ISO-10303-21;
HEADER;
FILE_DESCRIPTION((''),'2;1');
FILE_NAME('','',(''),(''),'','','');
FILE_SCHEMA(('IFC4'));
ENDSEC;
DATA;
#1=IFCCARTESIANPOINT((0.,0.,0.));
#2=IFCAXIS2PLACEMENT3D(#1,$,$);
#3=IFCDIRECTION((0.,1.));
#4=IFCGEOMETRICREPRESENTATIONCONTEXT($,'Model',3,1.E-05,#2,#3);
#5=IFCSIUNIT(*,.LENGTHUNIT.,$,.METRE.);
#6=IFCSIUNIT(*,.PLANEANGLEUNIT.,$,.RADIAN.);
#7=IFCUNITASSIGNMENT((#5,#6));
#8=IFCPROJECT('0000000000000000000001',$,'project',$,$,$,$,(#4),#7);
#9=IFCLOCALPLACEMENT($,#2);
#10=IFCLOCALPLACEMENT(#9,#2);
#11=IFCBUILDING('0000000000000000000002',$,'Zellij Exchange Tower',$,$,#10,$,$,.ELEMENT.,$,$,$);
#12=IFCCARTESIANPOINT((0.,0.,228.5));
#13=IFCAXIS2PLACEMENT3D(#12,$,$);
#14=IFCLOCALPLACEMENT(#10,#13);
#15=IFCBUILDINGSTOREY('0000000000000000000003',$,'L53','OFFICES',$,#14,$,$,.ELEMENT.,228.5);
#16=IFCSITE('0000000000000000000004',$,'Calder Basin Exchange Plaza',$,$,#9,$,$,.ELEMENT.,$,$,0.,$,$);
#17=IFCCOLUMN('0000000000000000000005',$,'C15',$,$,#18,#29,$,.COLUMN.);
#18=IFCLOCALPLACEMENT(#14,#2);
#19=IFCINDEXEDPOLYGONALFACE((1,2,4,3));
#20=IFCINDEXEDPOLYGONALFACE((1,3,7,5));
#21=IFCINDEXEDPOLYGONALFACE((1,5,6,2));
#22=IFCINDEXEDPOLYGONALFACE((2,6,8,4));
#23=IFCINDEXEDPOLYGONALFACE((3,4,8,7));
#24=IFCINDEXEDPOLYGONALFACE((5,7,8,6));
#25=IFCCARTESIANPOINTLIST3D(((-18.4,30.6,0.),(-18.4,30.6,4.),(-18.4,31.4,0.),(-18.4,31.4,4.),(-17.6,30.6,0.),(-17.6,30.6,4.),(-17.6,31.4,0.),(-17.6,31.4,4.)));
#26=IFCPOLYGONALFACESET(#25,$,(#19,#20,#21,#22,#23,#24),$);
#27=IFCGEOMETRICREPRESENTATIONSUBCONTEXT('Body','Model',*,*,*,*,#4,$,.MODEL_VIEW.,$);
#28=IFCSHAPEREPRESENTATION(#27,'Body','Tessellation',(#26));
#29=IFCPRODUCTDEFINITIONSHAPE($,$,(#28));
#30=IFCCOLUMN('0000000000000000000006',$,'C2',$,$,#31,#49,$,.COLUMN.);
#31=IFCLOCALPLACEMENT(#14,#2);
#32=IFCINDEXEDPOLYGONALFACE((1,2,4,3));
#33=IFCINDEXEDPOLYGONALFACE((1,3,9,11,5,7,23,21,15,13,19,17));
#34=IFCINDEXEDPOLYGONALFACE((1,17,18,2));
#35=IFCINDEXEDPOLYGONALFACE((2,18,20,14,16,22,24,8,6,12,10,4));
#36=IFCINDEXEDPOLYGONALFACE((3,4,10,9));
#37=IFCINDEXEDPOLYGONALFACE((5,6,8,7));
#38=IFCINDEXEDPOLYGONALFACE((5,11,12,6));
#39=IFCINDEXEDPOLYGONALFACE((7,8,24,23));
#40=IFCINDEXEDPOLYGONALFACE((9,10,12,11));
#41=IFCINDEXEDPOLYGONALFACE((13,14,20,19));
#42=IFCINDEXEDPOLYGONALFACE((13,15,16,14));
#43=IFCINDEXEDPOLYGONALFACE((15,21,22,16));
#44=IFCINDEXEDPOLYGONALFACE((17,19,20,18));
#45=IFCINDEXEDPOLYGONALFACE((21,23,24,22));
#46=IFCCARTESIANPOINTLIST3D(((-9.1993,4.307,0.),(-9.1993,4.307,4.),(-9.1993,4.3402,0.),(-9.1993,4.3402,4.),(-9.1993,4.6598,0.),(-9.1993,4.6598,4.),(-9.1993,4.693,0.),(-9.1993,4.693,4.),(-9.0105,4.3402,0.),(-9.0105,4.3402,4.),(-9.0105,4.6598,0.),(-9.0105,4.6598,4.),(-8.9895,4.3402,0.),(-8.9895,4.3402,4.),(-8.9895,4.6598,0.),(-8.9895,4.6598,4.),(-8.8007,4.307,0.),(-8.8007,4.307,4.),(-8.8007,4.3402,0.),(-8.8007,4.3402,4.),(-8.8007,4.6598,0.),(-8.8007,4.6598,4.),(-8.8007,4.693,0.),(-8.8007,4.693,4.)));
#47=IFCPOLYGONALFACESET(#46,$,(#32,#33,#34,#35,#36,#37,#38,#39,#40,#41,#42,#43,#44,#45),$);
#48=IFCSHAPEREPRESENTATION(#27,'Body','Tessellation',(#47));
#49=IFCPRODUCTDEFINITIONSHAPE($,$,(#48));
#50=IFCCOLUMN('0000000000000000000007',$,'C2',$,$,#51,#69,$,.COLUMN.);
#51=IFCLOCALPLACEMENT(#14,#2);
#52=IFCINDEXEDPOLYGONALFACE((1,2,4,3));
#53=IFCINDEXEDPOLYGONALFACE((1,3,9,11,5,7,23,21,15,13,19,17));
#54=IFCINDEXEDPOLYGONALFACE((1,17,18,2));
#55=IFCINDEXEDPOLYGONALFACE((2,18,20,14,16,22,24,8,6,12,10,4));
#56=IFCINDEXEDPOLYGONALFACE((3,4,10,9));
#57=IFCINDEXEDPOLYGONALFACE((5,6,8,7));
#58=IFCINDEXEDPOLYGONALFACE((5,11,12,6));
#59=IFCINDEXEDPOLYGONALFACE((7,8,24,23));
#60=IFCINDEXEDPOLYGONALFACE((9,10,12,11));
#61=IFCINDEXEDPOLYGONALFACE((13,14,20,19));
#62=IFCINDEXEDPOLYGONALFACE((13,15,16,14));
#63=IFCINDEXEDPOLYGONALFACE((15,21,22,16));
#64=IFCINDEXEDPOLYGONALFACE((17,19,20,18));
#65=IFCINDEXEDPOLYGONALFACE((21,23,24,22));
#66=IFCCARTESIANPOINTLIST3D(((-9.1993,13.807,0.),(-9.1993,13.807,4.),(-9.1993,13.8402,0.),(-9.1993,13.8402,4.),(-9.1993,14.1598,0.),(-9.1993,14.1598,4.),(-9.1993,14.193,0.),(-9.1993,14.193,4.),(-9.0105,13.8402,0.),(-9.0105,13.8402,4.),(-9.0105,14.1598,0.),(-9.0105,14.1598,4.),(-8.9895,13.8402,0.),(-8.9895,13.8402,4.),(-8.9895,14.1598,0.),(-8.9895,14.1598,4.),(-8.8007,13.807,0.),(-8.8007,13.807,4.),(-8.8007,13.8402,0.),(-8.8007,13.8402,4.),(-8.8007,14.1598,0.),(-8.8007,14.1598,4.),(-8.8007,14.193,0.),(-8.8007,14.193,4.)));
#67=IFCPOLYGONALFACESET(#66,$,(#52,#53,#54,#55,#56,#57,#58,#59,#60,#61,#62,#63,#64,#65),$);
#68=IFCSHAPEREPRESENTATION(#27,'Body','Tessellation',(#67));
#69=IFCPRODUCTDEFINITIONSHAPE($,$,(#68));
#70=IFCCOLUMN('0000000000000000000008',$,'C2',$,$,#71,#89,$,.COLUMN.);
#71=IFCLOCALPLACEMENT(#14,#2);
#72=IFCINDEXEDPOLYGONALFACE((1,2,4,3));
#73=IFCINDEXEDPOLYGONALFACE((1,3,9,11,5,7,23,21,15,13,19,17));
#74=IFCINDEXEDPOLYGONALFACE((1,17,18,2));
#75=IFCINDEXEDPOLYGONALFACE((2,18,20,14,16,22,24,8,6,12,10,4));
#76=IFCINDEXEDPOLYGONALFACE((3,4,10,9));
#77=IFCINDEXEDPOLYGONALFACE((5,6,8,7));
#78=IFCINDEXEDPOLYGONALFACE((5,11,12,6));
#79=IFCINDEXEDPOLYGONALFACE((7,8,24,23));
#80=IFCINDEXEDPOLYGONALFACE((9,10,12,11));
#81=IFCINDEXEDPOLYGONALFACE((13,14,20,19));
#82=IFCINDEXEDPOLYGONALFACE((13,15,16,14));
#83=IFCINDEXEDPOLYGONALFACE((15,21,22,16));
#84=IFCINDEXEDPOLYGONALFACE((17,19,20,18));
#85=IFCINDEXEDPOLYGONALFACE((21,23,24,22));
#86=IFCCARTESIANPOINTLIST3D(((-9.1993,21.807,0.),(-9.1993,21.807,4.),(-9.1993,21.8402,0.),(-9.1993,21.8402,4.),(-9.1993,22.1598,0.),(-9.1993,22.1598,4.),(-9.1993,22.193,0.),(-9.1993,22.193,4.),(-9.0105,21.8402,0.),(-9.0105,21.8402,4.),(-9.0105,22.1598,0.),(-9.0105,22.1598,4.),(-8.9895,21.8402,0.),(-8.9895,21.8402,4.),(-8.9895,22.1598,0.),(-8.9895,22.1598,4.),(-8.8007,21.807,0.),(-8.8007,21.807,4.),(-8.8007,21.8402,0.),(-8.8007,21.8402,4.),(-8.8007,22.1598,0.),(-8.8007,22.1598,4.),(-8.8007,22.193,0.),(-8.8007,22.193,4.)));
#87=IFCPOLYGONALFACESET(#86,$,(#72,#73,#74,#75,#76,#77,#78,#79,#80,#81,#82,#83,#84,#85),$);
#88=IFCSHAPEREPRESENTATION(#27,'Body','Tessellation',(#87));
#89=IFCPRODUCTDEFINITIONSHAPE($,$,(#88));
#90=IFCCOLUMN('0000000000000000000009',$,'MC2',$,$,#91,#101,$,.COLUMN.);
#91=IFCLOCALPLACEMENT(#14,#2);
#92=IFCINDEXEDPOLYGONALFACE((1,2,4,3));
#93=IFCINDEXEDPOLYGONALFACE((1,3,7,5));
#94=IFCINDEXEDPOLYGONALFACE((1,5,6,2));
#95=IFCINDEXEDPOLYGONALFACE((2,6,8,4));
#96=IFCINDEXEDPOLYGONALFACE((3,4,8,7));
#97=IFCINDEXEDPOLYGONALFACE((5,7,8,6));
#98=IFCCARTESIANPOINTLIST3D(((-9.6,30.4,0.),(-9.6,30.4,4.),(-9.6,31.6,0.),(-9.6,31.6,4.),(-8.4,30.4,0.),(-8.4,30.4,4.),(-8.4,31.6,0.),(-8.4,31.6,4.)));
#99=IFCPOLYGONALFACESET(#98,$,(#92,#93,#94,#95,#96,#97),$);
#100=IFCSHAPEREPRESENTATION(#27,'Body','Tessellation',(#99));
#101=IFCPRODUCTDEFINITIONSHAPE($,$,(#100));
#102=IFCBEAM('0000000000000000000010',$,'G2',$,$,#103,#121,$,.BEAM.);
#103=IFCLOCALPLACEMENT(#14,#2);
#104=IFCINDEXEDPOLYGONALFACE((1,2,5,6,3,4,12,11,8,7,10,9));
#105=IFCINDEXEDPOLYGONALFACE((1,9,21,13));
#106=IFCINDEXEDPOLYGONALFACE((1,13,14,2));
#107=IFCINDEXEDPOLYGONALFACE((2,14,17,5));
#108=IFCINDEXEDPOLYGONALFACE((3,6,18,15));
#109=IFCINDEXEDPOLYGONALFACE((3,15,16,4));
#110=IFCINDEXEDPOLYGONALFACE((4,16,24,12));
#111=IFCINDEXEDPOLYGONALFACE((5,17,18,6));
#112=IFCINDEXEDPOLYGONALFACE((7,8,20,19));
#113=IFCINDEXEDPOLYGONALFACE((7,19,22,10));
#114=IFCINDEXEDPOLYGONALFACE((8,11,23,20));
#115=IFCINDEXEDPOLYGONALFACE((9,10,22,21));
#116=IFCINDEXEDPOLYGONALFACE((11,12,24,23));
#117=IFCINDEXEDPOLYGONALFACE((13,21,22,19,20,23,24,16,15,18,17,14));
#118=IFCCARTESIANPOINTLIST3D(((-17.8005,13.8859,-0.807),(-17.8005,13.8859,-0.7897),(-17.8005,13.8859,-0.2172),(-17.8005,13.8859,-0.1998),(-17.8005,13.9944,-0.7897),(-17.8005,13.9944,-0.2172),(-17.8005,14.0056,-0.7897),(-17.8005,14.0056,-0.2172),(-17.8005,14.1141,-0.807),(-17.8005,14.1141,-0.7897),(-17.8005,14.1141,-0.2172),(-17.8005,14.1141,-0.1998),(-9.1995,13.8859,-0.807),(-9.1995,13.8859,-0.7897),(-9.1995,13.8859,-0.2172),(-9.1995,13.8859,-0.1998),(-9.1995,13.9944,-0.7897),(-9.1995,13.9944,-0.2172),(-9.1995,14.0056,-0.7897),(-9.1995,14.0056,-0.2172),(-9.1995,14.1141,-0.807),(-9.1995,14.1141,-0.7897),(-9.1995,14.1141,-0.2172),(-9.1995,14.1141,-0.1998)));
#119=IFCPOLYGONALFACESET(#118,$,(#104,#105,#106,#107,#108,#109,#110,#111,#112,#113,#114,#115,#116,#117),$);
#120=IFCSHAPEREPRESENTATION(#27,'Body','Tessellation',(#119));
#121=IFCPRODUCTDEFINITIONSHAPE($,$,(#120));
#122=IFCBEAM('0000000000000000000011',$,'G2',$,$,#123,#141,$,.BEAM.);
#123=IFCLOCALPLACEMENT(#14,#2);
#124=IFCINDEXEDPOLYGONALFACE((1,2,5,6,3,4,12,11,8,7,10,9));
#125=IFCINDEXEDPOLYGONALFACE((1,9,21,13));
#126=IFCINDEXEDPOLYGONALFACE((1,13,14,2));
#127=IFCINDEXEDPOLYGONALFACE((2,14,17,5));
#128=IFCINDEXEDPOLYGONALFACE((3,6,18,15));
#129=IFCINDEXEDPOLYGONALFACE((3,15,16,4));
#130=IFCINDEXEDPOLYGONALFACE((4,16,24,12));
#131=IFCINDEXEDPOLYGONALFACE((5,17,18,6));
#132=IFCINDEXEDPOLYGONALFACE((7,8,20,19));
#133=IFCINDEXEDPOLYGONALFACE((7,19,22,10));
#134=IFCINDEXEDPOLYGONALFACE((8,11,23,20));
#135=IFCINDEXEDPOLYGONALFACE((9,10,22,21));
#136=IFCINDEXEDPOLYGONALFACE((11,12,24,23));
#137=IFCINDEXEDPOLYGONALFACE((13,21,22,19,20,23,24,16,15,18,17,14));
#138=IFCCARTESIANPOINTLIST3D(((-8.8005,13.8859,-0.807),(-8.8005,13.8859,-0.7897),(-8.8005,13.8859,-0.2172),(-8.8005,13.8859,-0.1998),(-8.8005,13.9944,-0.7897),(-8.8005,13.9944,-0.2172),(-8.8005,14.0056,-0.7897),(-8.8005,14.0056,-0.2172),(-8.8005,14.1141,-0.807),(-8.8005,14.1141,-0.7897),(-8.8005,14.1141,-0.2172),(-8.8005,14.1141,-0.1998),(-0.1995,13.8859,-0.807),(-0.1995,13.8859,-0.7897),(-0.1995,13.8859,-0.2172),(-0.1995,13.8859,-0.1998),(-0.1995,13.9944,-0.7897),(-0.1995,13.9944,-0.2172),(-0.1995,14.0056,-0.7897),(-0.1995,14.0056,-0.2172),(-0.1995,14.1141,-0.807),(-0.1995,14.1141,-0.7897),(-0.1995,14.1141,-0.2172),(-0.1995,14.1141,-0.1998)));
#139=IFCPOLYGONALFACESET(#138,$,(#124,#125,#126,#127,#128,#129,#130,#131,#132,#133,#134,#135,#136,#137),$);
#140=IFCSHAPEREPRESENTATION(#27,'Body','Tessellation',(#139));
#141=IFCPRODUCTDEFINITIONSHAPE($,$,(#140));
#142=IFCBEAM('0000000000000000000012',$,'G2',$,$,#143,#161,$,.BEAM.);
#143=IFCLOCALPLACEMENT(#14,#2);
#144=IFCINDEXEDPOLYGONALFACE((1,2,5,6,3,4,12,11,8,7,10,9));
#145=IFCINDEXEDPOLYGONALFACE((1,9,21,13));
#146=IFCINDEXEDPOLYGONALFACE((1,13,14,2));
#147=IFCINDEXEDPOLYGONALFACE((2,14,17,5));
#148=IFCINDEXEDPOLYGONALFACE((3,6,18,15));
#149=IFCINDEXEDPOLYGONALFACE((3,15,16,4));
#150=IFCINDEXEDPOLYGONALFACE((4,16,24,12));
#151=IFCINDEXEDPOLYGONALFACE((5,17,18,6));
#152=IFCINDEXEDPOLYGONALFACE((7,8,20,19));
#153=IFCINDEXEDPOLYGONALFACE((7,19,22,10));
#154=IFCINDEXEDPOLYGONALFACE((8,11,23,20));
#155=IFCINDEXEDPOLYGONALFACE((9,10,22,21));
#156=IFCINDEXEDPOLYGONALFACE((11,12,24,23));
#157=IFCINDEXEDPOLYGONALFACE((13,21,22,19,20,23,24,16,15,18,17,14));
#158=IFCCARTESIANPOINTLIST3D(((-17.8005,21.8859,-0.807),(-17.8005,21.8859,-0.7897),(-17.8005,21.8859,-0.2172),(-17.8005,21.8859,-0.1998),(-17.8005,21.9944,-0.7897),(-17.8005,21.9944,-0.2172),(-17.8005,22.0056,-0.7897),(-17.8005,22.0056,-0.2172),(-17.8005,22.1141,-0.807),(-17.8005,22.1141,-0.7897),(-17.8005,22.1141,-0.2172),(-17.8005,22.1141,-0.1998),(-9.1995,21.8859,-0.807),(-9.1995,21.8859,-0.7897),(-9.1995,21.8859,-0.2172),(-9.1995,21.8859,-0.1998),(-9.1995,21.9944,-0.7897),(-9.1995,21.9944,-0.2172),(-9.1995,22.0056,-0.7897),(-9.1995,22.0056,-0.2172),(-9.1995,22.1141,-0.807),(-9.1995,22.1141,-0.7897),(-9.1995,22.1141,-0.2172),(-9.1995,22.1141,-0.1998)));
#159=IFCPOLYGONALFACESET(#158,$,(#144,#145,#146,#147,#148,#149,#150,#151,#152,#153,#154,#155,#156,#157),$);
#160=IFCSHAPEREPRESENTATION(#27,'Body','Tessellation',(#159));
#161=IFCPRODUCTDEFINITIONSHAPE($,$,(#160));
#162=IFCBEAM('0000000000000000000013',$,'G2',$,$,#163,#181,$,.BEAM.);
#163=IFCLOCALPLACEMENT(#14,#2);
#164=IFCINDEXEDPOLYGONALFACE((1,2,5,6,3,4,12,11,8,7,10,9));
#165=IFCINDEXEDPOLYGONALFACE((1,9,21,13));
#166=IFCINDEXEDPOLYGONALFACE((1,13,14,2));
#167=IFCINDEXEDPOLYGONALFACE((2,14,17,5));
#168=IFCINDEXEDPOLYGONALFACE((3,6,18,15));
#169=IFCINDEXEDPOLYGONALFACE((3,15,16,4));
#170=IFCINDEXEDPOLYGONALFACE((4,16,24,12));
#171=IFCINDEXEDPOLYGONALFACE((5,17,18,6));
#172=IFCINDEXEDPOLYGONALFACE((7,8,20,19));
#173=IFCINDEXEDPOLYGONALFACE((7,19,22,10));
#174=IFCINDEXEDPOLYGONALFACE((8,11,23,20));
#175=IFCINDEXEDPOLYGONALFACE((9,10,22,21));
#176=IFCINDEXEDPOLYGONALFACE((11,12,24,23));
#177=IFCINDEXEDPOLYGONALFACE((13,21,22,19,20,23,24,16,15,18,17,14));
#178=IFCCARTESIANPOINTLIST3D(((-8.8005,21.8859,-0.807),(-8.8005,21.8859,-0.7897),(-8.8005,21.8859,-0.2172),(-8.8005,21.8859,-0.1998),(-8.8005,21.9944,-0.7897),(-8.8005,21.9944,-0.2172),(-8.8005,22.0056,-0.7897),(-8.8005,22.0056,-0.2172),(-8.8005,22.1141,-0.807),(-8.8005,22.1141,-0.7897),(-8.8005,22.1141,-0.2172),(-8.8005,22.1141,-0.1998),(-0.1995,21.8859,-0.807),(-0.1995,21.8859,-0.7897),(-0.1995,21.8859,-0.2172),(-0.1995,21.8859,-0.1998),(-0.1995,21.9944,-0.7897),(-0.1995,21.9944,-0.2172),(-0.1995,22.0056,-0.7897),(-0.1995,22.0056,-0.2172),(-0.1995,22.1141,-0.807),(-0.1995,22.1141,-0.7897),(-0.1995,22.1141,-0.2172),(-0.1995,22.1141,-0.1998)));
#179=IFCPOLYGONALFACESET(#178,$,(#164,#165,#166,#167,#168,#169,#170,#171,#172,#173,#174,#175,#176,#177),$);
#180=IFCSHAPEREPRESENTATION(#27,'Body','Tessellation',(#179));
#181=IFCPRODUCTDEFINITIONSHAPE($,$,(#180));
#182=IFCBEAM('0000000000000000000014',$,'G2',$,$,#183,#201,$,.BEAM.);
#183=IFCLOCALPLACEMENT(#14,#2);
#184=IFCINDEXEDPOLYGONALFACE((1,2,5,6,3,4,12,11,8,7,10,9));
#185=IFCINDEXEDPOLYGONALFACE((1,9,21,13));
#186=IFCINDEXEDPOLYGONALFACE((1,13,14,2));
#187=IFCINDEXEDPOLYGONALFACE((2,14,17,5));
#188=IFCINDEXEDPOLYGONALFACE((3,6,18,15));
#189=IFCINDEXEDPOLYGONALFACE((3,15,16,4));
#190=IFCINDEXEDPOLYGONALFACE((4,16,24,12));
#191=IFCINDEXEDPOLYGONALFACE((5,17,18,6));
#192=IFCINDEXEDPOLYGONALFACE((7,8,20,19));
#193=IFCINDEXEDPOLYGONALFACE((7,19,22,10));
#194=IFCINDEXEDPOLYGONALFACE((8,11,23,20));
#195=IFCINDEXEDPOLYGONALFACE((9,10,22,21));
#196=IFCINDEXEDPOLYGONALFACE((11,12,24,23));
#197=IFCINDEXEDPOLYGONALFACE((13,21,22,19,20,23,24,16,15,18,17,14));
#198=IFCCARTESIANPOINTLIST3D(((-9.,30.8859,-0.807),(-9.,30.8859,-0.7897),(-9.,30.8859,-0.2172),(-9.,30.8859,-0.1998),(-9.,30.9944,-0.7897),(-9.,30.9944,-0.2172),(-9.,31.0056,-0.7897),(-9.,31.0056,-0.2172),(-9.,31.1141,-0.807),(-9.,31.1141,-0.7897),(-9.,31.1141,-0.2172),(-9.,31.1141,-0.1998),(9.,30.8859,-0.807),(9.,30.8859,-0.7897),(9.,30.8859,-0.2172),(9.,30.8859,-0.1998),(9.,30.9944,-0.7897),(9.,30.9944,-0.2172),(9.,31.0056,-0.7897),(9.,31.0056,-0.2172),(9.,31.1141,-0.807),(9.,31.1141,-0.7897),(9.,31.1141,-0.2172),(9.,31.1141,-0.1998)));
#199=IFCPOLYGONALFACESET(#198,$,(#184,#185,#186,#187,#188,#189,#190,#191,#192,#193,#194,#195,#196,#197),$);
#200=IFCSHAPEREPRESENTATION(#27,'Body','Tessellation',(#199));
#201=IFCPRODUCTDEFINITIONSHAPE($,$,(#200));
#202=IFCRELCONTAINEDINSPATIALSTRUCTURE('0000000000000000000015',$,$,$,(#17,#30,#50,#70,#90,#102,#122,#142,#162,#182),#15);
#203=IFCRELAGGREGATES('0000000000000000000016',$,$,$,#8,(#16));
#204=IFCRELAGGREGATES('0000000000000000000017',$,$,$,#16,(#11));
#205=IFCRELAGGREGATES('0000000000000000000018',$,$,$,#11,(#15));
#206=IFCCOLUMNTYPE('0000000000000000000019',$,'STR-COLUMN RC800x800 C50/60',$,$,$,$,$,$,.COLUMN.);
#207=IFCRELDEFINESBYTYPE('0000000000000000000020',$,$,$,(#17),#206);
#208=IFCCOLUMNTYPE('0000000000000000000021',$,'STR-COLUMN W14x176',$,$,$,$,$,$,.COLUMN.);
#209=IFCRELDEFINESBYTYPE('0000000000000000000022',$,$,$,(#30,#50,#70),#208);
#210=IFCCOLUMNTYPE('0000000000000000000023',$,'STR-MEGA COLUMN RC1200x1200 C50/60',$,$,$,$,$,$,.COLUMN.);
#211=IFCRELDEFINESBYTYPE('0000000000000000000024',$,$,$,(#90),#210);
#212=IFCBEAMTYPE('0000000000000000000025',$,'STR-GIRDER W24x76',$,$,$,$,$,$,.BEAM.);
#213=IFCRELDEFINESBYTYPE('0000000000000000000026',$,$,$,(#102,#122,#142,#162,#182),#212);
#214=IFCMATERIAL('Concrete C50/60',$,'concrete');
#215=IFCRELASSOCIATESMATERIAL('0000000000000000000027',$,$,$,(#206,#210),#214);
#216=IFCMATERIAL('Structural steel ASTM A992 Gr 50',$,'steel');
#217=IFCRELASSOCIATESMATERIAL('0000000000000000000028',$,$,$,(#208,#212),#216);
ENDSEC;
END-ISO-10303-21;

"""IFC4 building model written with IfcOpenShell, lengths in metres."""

from ifc_helpers import new_model, si_unit, direction, frame, origin, origin_2d, place, context, subcontext, project, spatial, rectangle, i_section, extrude, material, material_profile, profile_set, type_object, element, save


model = new_model("IFC4")

# Units and contexts
model_context = context("Model", 3, precision=1e-05, world=origin(), true_north=direction((0.0, 1.0)))
body_context = subcontext(model_context, "Body", "Model", "MODEL_VIEW")
ifc_project = project(units=[si_unit("LENGTHUNIT", "METRE"), si_unit("PLANEANGLEUNIT", "RADIAN")], contexts=[model_context])

# Site, building, storey
site_placement = place(None, origin())
site = spatial("IfcSite", under=ifc_project, at=site_placement, Name="Calder Basin Exchange Plaza", CompositionType="ELEMENT", RefElevation=0.0)
building_placement = place(site_placement, origin())
building = spatial("IfcBuilding", under=site, at=building_placement, Name="Zellij Exchange Tower", CompositionType="ELEMENT")
storey_placement = place(building_placement, frame((0.0, 0.0, 228.5)))
storey = spatial("IfcBuildingStorey", under=building, at=storey_placement, Name="L53", Description="OFFICES", CompositionType="ELEMENT", Elevation=228.5)

# Columns
ifc_material_1 = material(Name="Concrete C50/60", Category="concrete")
ifc_material_profile_1 = material_profile(ifc_material_1, rectangle(XDim=0.8, YDim=0.8, at=origin_2d()), Name="STR-COLUMN RC800x800 C50/60")
ifc_profile_set_1 = profile_set([ifc_material_profile_1], Name="Concrete C50/60")
column_type_1 = type_object("IfcColumnType", Name="STR-COLUMN RC800x800 C50/60", PredefinedType="COLUMN", material=ifc_profile_set_1)
column_1_placement = place(storey_placement, frame((-18.0, 31.0, 0.0), z_axis=(0.0, 0.0, 1.0), x_axis=(1.0, 0.0, 0.0)))
element("IfcColumn", 1, at=column_1_placement, inside=storey, type_object=column_type_1, Name="C15", PredefinedType="COLUMN", context=body_context, shape_type="SweptSolid", body=[
    extrude(rectangle(XDim=0.8, YDim=0.8, at=origin_2d()), origin(), (0.0, 0.0, 1.0), 4.0),
])
ifc_material_2 = material(Name="Structural steel ASTM A992 Gr 50", Category="steel")
ifc_material_profile_2 = material_profile(ifc_material_2, i_section(OverallWidth=0.3987, OverallDepth=0.386, WebThickness=0.021, FlangeThickness=0.0332, at=origin_2d()), Name="W14x176")
ifc_profile_set_2 = profile_set([ifc_material_profile_2], Name="Structural steel ASTM A992 Gr 50")
column_type_2 = type_object("IfcColumnType", Name="STR-COLUMN W14x176", PredefinedType="COLUMN", material=ifc_profile_set_2)
for number, where, z_axis, x_axis, name in (
    (2, (-9.0, 4.5, 0.0), (0.0, 0.0, 1.0), (1.0, 0.0, 0.0), "C2"),
    (3, (-9.0, 14.0, 0.0), (0.0, 0.0, 1.0), (1.0, 0.0, 0.0), "C2"),
    (4, (-9.0, 22.0, 0.0), (0.0, 0.0, 1.0), (1.0, 0.0, 0.0), "C2"),
):
    element("IfcColumn", number, at=place(storey_placement, frame(where, z_axis=z_axis, x_axis=x_axis)), inside=storey, type_object=column_type_2, Name=name, PredefinedType="COLUMN", context=body_context, shape_type="SweptSolid", body=[
        extrude(i_section(OverallWidth=0.3987, OverallDepth=0.386, WebThickness=0.021, FlangeThickness=0.0332, at=origin_2d()), origin(), (0.0, 0.0, 1.0), 4.0),
    ])
ifc_material_profile_3 = material_profile(ifc_material_1, rectangle(XDim=1.2, YDim=1.2, at=origin_2d()), Name="STR-MEGA COLUMN RC1200x1200 C50/60")
ifc_profile_set_3 = profile_set([ifc_material_profile_3], Name="Concrete C50/60")
column_type_3 = type_object("IfcColumnType", Name="STR-MEGA COLUMN RC1200x1200 C50/60", PredefinedType="COLUMN", material=ifc_profile_set_3)
column_2_placement = place(storey_placement, frame((-9.0, 31.0, 0.0), z_axis=(0.0, 0.0, 1.0), x_axis=(1.0, 0.0, 0.0)))
element("IfcColumn", 5, at=column_2_placement, inside=storey, type_object=column_type_3, Name="MC2", PredefinedType="COLUMN", context=body_context, shape_type="SweptSolid", body=[
    extrude(rectangle(XDim=1.2, YDim=1.2, at=origin_2d()), origin(), (0.0, 0.0, 1.0), 4.0),
])

# Beams
ifc_material_profile_4 = material_profile(ifc_material_2, i_section(OverallWidth=0.2283, OverallDepth=0.6072, WebThickness=0.0112, FlangeThickness=0.0173, at=origin_2d()), Name="W24x76")
ifc_profile_set_4 = profile_set([ifc_material_profile_4], Name="Structural steel ASTM A992 Gr 50")
beam_type = type_object("IfcBeamType", Name="STR-GIRDER W24x76", PredefinedType="BEAM", material=ifc_profile_set_4)
for number, where, z_axis, x_axis, name in (
    (6, (-17.8005, 14.0, -0.5034), (1.0, 0.0, 0.0), (0.0, 1.0, 0.0), "G2"),
    (7, (-8.8005, 14.0, -0.5034), (1.0, 0.0, 0.0), (0.0, 1.0, 0.0), "G2"),
    (8, (-17.8005, 22.0, -0.5034), (1.0, 0.0, 0.0), (0.0, 1.0, 0.0), "G2"),
    (9, (-8.8005, 22.0, -0.5034), (1.0, 0.0, 0.0), (0.0, 1.0, 0.0), "G2"),
):
    element("IfcBeam", number, at=place(storey_placement, frame(where, z_axis=z_axis, x_axis=x_axis)), inside=storey, type_object=beam_type, Name=name, PredefinedType="BEAM", context=body_context, shape_type="SweptSolid", body=[
        extrude(i_section(OverallWidth=0.2283, OverallDepth=0.6072, WebThickness=0.0112, FlangeThickness=0.0173, at=origin_2d()), origin(), (0.0, 0.0, 1.0), 8.6011),
    ])
beam_1_placement = place(storey_placement, frame((-9.0, 31.0, -0.5034), z_axis=(1.0, 0.0, 0.0), x_axis=(0.0, 1.0, 0.0)))
element("IfcBeam", 10, at=beam_1_placement, inside=storey, type_object=beam_type, Name="G2", PredefinedType="BEAM", context=body_context, shape_type="SweptSolid", body=[
    extrude(i_section(OverallWidth=0.2283, OverallDepth=0.6072, WebThickness=0.0112, FlangeThickness=0.0173, at=origin_2d()), origin(), (0.0, 0.0, 1.0), 18.0),
])

save(model, "model.ifc")
